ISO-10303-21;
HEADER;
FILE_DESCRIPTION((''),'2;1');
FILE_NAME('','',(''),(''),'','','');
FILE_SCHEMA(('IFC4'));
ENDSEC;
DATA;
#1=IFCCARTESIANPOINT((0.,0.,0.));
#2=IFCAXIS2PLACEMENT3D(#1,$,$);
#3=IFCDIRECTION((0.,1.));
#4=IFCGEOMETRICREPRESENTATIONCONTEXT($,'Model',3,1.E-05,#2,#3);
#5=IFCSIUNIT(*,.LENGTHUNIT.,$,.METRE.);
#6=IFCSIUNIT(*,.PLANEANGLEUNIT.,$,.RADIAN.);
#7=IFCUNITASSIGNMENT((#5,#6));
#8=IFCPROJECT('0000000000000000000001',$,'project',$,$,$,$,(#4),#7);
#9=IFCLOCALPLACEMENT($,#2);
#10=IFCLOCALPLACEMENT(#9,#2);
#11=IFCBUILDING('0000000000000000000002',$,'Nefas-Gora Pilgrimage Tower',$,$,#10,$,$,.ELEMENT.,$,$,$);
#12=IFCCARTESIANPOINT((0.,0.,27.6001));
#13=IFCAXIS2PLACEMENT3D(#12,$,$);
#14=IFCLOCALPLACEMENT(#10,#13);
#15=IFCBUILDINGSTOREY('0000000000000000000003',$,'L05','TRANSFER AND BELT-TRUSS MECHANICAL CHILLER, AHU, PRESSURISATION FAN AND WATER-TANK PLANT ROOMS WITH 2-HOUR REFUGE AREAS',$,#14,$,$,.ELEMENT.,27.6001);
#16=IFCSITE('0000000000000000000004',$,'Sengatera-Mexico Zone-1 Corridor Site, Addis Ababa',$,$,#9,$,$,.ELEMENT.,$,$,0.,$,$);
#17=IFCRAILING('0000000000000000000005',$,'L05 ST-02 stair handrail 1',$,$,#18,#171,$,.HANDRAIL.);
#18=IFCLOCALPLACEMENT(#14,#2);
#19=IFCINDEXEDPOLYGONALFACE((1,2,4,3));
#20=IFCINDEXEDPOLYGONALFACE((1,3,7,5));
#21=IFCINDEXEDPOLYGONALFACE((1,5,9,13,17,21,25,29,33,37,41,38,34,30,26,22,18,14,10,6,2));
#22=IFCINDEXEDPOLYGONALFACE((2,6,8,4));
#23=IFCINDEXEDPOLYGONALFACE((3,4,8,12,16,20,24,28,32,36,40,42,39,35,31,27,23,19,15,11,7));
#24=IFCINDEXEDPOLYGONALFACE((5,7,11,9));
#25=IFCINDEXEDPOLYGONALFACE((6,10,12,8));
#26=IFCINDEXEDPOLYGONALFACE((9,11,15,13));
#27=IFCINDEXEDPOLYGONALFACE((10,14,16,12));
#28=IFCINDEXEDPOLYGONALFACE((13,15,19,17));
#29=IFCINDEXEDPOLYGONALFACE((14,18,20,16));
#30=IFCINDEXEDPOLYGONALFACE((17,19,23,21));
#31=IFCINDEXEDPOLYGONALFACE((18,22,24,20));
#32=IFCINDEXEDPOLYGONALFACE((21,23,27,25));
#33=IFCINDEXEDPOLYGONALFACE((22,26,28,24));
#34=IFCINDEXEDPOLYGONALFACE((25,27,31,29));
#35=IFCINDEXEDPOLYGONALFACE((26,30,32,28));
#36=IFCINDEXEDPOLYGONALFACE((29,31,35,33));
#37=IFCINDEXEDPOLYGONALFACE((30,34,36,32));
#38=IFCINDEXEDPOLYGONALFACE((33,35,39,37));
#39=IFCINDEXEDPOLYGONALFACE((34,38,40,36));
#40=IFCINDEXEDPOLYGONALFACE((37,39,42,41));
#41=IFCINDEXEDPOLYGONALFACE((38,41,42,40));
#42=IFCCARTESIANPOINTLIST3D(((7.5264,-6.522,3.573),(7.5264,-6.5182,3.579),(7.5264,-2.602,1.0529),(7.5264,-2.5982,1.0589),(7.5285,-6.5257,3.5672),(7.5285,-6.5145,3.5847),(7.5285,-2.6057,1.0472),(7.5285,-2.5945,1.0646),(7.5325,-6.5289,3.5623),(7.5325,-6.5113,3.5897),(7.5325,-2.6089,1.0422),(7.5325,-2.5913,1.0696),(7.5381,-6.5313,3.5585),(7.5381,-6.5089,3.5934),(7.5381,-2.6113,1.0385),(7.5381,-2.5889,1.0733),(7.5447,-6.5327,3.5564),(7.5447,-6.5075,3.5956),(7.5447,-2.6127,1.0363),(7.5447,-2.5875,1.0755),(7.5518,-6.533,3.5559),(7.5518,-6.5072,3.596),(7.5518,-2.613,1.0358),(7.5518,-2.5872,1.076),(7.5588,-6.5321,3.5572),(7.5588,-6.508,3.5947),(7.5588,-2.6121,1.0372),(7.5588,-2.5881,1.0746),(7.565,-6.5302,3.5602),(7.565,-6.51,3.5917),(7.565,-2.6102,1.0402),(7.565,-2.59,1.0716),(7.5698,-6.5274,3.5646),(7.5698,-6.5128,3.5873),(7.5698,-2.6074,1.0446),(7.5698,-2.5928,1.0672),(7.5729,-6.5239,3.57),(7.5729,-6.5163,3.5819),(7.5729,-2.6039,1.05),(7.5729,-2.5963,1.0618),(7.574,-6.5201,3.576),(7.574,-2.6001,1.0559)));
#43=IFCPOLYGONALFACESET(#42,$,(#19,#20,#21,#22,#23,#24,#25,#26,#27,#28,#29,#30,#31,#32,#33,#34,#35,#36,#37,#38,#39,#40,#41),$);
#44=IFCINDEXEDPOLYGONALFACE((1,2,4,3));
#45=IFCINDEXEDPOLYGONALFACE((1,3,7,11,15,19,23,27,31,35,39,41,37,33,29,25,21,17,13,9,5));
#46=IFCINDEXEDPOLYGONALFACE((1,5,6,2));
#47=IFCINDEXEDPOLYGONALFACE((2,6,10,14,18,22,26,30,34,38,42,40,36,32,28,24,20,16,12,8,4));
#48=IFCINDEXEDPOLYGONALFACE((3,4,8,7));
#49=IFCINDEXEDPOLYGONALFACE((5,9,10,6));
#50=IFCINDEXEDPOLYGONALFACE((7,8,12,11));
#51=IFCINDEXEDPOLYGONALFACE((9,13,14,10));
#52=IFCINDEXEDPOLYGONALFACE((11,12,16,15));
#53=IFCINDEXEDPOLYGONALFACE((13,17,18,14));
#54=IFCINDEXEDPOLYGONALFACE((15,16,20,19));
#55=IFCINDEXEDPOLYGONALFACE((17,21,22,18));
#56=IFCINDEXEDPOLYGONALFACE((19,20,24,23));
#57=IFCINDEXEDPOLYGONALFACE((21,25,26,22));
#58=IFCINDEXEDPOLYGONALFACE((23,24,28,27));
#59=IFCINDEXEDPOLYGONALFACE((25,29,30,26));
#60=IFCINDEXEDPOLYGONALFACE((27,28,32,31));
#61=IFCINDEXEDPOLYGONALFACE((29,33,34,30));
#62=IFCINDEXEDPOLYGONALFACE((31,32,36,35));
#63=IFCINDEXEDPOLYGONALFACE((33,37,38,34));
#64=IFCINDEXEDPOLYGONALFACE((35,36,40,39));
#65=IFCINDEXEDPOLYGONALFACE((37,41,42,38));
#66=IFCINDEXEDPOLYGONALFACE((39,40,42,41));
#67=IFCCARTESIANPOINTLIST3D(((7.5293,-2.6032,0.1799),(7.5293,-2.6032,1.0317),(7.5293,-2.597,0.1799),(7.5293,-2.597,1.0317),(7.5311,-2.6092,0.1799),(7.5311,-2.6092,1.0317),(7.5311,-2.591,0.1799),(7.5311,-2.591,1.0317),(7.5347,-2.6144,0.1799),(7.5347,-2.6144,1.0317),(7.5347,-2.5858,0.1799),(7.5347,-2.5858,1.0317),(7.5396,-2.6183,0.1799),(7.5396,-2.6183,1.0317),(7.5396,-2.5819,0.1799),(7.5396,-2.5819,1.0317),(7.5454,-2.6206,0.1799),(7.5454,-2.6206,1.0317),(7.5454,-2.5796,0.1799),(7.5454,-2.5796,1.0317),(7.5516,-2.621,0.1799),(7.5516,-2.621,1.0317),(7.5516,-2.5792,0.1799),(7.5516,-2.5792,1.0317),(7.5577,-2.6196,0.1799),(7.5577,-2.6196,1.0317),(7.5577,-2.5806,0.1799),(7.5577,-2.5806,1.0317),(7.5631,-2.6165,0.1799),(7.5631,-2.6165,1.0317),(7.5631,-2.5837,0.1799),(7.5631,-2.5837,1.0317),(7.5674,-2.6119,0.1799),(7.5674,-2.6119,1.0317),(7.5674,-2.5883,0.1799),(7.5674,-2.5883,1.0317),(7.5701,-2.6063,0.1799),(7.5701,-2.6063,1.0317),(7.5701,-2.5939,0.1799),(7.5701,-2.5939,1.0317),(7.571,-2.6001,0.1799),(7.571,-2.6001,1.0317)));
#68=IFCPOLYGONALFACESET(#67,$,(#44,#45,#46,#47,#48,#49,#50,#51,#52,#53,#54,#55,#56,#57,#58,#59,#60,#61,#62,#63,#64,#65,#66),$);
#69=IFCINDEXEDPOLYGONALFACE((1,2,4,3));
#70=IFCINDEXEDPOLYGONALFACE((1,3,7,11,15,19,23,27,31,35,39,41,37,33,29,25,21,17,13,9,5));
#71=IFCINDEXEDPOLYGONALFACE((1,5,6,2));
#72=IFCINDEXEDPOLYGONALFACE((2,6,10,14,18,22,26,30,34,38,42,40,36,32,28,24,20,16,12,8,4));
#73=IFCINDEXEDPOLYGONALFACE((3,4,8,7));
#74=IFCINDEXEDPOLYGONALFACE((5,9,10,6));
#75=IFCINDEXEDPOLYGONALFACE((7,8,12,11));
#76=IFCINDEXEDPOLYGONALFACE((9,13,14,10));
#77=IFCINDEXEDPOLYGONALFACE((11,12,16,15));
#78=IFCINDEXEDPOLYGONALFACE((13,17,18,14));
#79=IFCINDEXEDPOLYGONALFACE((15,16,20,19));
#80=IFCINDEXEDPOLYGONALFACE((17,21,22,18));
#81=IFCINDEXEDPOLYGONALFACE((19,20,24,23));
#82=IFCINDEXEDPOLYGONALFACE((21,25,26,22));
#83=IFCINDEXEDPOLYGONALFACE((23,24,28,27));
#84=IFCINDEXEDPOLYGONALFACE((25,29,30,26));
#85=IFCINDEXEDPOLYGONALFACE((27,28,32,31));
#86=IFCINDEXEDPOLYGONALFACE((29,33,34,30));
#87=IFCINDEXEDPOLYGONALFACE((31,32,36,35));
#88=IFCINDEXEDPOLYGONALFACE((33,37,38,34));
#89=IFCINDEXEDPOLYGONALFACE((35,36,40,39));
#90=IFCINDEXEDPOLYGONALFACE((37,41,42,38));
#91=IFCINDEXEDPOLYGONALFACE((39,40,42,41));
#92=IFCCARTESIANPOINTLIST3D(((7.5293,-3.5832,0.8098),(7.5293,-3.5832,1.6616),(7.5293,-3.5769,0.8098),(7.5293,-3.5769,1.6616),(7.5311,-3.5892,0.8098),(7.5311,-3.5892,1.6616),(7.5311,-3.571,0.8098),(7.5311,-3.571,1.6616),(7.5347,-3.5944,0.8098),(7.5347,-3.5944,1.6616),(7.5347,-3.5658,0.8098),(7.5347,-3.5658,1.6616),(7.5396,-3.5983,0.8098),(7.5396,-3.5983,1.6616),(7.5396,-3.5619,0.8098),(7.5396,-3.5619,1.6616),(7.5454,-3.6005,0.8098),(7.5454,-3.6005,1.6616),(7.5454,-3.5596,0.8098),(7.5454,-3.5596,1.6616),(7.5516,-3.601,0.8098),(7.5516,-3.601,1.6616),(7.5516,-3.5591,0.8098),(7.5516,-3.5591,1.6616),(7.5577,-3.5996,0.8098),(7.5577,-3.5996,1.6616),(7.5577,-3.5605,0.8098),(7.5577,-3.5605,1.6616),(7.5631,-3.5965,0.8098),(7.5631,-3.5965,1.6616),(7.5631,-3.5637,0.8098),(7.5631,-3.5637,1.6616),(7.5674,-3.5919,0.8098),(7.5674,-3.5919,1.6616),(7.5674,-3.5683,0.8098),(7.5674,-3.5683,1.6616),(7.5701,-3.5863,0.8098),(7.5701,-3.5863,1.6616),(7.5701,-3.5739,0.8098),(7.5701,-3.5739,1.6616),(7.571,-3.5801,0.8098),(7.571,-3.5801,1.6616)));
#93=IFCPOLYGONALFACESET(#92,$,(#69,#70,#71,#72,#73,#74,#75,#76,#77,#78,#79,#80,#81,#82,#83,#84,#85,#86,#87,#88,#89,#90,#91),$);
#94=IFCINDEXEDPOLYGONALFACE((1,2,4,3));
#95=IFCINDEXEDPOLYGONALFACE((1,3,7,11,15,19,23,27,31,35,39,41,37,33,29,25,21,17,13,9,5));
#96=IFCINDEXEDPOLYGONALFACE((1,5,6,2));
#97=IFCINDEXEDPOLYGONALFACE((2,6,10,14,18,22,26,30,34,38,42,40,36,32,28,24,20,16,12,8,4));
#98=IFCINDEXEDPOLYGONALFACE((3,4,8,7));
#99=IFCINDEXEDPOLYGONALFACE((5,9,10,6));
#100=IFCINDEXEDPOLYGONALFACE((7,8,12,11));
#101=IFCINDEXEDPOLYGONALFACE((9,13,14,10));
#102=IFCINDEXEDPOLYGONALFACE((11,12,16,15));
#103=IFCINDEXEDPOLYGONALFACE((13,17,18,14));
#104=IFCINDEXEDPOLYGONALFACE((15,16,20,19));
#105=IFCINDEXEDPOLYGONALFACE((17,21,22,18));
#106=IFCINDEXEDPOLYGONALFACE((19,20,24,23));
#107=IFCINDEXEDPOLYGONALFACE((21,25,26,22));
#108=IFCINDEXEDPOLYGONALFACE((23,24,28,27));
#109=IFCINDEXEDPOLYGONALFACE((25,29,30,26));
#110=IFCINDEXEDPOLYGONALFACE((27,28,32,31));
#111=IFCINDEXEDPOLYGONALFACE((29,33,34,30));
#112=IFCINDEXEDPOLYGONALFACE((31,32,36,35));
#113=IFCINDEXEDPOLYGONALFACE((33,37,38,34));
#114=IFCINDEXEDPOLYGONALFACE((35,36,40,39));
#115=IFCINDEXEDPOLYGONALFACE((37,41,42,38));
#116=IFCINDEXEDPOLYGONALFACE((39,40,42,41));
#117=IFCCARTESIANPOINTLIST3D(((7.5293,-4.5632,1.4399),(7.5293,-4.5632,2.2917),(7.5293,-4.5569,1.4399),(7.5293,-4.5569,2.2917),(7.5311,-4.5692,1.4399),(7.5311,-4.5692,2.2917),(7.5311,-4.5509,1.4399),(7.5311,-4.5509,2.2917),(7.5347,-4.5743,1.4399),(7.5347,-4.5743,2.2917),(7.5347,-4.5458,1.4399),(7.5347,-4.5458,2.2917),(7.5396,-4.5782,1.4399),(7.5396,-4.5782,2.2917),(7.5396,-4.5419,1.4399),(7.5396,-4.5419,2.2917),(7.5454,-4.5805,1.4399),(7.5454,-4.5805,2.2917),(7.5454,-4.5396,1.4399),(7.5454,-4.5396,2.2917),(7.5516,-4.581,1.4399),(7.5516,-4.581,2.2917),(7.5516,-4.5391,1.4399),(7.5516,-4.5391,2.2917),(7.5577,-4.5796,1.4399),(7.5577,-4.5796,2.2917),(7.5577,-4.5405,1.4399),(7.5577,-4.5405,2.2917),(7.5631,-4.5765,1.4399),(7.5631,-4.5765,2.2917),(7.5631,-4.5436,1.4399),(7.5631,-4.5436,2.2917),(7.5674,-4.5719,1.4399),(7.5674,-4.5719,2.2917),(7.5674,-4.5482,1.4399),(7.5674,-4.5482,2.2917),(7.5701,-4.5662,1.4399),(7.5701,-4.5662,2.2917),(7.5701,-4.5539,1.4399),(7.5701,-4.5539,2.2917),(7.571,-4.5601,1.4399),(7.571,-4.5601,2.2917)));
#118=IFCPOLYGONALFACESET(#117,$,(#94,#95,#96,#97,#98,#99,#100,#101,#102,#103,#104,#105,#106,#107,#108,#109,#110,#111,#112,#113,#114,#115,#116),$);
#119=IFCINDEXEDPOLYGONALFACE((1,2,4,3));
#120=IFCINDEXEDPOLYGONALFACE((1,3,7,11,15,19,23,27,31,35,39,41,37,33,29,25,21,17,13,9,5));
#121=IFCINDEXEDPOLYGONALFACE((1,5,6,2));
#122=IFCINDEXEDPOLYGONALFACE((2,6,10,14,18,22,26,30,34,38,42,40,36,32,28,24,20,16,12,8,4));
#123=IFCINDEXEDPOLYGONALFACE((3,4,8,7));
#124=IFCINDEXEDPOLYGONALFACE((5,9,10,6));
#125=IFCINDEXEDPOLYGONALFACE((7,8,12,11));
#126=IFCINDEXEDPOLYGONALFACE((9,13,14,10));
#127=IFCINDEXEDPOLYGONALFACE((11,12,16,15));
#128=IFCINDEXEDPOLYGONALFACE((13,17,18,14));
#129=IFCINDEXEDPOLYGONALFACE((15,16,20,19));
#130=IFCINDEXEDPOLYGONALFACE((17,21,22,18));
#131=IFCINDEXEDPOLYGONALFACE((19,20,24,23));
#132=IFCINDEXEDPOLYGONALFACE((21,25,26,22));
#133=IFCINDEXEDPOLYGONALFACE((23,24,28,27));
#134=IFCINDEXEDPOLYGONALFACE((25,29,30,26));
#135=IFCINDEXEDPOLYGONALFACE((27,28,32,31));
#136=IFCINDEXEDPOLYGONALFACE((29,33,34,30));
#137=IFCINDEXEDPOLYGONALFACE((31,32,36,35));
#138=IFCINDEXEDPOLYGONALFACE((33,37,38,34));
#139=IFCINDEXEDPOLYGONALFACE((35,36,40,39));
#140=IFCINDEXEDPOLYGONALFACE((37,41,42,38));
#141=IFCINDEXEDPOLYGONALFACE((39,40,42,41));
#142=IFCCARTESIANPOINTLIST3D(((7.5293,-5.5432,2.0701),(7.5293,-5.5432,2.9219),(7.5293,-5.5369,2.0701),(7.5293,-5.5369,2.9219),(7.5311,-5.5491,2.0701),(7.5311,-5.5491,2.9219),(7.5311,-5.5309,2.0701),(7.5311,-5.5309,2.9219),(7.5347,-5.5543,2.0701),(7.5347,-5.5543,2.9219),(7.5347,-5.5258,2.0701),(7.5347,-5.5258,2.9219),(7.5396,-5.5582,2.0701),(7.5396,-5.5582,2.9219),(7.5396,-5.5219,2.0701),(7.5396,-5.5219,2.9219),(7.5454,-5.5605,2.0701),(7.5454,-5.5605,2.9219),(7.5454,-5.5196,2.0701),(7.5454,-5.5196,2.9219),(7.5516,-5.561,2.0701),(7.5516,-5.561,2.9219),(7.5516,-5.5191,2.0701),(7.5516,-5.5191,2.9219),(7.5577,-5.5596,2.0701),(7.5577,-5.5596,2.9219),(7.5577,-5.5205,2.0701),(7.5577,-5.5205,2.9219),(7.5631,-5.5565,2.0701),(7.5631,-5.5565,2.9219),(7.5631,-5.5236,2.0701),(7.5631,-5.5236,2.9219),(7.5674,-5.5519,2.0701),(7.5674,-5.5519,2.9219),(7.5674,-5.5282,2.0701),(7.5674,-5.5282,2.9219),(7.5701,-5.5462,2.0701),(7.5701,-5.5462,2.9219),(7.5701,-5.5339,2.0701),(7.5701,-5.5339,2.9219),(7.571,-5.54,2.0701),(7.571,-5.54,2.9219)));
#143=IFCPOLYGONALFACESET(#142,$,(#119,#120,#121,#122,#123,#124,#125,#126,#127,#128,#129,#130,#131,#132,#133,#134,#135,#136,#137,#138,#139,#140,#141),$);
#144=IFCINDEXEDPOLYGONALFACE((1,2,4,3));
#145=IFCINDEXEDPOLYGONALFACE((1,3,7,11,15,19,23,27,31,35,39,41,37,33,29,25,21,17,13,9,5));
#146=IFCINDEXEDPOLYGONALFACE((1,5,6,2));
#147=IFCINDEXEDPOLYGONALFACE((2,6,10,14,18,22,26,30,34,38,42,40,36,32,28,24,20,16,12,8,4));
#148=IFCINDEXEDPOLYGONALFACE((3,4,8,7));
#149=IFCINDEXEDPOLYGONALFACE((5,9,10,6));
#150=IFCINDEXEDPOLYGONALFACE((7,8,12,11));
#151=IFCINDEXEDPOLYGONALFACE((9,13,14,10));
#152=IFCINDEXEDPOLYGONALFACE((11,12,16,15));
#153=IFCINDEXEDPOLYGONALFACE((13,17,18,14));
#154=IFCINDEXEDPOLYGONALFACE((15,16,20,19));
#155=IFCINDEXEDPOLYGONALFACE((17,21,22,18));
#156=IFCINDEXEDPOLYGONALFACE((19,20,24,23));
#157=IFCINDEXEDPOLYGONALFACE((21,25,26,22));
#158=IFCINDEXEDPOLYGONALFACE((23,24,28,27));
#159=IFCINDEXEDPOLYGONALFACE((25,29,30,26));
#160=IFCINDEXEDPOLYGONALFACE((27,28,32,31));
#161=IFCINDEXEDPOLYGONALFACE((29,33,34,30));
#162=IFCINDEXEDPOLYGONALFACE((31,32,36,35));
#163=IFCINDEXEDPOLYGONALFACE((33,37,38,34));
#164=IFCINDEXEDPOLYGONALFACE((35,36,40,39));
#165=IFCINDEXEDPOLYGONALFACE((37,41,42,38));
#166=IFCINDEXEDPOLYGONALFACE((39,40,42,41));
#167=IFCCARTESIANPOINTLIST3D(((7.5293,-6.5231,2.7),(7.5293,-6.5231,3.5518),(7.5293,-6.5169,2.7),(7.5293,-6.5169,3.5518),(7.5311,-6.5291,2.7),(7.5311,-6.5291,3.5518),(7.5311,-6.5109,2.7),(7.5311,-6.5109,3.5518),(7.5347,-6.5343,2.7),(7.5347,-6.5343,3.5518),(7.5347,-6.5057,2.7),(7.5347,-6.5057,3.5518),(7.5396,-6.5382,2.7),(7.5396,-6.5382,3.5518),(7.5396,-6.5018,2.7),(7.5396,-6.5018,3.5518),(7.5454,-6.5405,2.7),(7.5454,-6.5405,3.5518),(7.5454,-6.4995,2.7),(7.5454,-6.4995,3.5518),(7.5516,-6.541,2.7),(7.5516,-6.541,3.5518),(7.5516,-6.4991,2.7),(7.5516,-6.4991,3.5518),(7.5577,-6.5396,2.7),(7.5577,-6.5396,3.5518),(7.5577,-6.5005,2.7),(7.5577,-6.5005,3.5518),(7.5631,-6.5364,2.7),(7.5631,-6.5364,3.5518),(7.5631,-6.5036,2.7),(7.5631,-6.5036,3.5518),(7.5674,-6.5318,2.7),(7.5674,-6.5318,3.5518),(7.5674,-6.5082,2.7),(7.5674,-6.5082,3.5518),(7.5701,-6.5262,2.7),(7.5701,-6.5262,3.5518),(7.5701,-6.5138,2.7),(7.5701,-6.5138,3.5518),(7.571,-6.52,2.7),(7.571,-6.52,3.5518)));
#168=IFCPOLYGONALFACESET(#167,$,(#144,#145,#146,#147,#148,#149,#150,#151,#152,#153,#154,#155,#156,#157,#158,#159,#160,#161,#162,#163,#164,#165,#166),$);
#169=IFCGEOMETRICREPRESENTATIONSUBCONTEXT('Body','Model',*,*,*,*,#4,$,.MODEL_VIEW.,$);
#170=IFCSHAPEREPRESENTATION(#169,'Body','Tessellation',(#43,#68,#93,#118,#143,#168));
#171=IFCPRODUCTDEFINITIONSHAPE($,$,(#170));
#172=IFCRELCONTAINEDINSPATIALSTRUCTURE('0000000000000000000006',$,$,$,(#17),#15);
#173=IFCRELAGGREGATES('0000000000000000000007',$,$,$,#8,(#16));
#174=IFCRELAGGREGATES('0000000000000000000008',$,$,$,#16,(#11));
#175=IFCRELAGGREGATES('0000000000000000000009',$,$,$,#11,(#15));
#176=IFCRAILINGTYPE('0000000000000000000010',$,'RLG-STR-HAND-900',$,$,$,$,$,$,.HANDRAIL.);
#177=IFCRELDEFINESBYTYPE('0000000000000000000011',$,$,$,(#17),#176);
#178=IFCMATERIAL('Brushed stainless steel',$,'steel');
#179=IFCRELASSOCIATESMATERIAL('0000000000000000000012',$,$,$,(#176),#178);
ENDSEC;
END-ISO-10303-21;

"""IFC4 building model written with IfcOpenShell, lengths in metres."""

from ifc_helpers import new_model, si_unit, direction, frame, origin, origin_2d, place, context, subcontext, project, spatial, circle, extrude, material, type_object, element, save


model = new_model("IFC4")

# Units and contexts
model_context = context("Model", 3, precision=1e-05, world=origin(), true_north=direction((0.0, 1.0)))
body_context = subcontext(model_context, "Body", "Model", "MODEL_VIEW")
ifc_project = project(units=[si_unit("LENGTHUNIT", "METRE"), si_unit("PLANEANGLEUNIT", "RADIAN")], contexts=[model_context])

# Site, building, storey
site_placement = place(None, origin())
site = spatial("IfcSite", under=ifc_project, at=site_placement, Name="Sengatera-Mexico Zone-1 Corridor Site, Addis Ababa", CompositionType="ELEMENT", RefElevation=0.0)
building_placement = place(site_placement, origin())
building = spatial("IfcBuilding", under=site, at=building_placement, Name="Nefas-Gora Pilgrimage Tower", CompositionType="ELEMENT")
storey_placement = place(building_placement, frame((0.0, 0.0, 27.6001)))
storey = spatial("IfcBuildingStorey", under=building, at=storey_placement, Name="L05", Description="TRANSFER AND BELT-TRUSS MECHANICAL CHILLER, AHU, PRESSURISATION FAN AND WATER-TANK PLANT ROOMS WITH 2-HOUR REFUGE AREAS", CompositionType="ELEMENT", Elevation=27.6001)

# Railing
ifc_material_1 = material(Name="Brushed stainless steel", Category="steel")
railing_type_1 = type_object("IfcRailingType", Name="RLG-STR-HAND-900", PredefinedType="HANDRAIL", material=ifc_material_1)
railing_1_placement = place(storey_placement, frame((7.55, -2.6001, 0.1799)))
element("IfcRailing", 1, at=railing_1_placement, inside=storey, type_object=railing_type_1, Name="L05 ST-02 stair handrail 1", PredefinedType="HANDRAIL", context=body_context, shape_type="SweptSolid", body=[
    extrude(circle(Radius=0.0239, at=origin_2d()), frame((0.0, 0.0, 0.876), z_axis=(0.0, -0.841172, 0.540768), x_axis=(1.0, 0.0, 0.0)), (0.0, 0.0, 1.0), 4.6602),
    extrude(circle(Radius=0.021, at=origin_2d()), origin(), (0.0, 0.0, 1.0), 0.8518),
    extrude(circle(Radius=0.021, at=origin_2d()), frame((0.0, -0.98, 0.6299)), (0.0, 0.0, 1.0), 0.8518),
    extrude(circle(Radius=0.021, at=origin_2d()), frame((0.0, -1.96, 1.26)), (0.0, 0.0, 1.0), 0.8518),
    extrude(circle(Radius=0.021, at=origin_2d()), frame((0.0, -2.9399, 1.8901)), (0.0, 0.0, 1.0), 0.8518),
    extrude(circle(Radius=0.021, at=origin_2d()), frame((0.0, -3.9199, 2.52)), (0.0, 0.0, 1.0), 0.8518),
])

save(model, "model.ifc")
